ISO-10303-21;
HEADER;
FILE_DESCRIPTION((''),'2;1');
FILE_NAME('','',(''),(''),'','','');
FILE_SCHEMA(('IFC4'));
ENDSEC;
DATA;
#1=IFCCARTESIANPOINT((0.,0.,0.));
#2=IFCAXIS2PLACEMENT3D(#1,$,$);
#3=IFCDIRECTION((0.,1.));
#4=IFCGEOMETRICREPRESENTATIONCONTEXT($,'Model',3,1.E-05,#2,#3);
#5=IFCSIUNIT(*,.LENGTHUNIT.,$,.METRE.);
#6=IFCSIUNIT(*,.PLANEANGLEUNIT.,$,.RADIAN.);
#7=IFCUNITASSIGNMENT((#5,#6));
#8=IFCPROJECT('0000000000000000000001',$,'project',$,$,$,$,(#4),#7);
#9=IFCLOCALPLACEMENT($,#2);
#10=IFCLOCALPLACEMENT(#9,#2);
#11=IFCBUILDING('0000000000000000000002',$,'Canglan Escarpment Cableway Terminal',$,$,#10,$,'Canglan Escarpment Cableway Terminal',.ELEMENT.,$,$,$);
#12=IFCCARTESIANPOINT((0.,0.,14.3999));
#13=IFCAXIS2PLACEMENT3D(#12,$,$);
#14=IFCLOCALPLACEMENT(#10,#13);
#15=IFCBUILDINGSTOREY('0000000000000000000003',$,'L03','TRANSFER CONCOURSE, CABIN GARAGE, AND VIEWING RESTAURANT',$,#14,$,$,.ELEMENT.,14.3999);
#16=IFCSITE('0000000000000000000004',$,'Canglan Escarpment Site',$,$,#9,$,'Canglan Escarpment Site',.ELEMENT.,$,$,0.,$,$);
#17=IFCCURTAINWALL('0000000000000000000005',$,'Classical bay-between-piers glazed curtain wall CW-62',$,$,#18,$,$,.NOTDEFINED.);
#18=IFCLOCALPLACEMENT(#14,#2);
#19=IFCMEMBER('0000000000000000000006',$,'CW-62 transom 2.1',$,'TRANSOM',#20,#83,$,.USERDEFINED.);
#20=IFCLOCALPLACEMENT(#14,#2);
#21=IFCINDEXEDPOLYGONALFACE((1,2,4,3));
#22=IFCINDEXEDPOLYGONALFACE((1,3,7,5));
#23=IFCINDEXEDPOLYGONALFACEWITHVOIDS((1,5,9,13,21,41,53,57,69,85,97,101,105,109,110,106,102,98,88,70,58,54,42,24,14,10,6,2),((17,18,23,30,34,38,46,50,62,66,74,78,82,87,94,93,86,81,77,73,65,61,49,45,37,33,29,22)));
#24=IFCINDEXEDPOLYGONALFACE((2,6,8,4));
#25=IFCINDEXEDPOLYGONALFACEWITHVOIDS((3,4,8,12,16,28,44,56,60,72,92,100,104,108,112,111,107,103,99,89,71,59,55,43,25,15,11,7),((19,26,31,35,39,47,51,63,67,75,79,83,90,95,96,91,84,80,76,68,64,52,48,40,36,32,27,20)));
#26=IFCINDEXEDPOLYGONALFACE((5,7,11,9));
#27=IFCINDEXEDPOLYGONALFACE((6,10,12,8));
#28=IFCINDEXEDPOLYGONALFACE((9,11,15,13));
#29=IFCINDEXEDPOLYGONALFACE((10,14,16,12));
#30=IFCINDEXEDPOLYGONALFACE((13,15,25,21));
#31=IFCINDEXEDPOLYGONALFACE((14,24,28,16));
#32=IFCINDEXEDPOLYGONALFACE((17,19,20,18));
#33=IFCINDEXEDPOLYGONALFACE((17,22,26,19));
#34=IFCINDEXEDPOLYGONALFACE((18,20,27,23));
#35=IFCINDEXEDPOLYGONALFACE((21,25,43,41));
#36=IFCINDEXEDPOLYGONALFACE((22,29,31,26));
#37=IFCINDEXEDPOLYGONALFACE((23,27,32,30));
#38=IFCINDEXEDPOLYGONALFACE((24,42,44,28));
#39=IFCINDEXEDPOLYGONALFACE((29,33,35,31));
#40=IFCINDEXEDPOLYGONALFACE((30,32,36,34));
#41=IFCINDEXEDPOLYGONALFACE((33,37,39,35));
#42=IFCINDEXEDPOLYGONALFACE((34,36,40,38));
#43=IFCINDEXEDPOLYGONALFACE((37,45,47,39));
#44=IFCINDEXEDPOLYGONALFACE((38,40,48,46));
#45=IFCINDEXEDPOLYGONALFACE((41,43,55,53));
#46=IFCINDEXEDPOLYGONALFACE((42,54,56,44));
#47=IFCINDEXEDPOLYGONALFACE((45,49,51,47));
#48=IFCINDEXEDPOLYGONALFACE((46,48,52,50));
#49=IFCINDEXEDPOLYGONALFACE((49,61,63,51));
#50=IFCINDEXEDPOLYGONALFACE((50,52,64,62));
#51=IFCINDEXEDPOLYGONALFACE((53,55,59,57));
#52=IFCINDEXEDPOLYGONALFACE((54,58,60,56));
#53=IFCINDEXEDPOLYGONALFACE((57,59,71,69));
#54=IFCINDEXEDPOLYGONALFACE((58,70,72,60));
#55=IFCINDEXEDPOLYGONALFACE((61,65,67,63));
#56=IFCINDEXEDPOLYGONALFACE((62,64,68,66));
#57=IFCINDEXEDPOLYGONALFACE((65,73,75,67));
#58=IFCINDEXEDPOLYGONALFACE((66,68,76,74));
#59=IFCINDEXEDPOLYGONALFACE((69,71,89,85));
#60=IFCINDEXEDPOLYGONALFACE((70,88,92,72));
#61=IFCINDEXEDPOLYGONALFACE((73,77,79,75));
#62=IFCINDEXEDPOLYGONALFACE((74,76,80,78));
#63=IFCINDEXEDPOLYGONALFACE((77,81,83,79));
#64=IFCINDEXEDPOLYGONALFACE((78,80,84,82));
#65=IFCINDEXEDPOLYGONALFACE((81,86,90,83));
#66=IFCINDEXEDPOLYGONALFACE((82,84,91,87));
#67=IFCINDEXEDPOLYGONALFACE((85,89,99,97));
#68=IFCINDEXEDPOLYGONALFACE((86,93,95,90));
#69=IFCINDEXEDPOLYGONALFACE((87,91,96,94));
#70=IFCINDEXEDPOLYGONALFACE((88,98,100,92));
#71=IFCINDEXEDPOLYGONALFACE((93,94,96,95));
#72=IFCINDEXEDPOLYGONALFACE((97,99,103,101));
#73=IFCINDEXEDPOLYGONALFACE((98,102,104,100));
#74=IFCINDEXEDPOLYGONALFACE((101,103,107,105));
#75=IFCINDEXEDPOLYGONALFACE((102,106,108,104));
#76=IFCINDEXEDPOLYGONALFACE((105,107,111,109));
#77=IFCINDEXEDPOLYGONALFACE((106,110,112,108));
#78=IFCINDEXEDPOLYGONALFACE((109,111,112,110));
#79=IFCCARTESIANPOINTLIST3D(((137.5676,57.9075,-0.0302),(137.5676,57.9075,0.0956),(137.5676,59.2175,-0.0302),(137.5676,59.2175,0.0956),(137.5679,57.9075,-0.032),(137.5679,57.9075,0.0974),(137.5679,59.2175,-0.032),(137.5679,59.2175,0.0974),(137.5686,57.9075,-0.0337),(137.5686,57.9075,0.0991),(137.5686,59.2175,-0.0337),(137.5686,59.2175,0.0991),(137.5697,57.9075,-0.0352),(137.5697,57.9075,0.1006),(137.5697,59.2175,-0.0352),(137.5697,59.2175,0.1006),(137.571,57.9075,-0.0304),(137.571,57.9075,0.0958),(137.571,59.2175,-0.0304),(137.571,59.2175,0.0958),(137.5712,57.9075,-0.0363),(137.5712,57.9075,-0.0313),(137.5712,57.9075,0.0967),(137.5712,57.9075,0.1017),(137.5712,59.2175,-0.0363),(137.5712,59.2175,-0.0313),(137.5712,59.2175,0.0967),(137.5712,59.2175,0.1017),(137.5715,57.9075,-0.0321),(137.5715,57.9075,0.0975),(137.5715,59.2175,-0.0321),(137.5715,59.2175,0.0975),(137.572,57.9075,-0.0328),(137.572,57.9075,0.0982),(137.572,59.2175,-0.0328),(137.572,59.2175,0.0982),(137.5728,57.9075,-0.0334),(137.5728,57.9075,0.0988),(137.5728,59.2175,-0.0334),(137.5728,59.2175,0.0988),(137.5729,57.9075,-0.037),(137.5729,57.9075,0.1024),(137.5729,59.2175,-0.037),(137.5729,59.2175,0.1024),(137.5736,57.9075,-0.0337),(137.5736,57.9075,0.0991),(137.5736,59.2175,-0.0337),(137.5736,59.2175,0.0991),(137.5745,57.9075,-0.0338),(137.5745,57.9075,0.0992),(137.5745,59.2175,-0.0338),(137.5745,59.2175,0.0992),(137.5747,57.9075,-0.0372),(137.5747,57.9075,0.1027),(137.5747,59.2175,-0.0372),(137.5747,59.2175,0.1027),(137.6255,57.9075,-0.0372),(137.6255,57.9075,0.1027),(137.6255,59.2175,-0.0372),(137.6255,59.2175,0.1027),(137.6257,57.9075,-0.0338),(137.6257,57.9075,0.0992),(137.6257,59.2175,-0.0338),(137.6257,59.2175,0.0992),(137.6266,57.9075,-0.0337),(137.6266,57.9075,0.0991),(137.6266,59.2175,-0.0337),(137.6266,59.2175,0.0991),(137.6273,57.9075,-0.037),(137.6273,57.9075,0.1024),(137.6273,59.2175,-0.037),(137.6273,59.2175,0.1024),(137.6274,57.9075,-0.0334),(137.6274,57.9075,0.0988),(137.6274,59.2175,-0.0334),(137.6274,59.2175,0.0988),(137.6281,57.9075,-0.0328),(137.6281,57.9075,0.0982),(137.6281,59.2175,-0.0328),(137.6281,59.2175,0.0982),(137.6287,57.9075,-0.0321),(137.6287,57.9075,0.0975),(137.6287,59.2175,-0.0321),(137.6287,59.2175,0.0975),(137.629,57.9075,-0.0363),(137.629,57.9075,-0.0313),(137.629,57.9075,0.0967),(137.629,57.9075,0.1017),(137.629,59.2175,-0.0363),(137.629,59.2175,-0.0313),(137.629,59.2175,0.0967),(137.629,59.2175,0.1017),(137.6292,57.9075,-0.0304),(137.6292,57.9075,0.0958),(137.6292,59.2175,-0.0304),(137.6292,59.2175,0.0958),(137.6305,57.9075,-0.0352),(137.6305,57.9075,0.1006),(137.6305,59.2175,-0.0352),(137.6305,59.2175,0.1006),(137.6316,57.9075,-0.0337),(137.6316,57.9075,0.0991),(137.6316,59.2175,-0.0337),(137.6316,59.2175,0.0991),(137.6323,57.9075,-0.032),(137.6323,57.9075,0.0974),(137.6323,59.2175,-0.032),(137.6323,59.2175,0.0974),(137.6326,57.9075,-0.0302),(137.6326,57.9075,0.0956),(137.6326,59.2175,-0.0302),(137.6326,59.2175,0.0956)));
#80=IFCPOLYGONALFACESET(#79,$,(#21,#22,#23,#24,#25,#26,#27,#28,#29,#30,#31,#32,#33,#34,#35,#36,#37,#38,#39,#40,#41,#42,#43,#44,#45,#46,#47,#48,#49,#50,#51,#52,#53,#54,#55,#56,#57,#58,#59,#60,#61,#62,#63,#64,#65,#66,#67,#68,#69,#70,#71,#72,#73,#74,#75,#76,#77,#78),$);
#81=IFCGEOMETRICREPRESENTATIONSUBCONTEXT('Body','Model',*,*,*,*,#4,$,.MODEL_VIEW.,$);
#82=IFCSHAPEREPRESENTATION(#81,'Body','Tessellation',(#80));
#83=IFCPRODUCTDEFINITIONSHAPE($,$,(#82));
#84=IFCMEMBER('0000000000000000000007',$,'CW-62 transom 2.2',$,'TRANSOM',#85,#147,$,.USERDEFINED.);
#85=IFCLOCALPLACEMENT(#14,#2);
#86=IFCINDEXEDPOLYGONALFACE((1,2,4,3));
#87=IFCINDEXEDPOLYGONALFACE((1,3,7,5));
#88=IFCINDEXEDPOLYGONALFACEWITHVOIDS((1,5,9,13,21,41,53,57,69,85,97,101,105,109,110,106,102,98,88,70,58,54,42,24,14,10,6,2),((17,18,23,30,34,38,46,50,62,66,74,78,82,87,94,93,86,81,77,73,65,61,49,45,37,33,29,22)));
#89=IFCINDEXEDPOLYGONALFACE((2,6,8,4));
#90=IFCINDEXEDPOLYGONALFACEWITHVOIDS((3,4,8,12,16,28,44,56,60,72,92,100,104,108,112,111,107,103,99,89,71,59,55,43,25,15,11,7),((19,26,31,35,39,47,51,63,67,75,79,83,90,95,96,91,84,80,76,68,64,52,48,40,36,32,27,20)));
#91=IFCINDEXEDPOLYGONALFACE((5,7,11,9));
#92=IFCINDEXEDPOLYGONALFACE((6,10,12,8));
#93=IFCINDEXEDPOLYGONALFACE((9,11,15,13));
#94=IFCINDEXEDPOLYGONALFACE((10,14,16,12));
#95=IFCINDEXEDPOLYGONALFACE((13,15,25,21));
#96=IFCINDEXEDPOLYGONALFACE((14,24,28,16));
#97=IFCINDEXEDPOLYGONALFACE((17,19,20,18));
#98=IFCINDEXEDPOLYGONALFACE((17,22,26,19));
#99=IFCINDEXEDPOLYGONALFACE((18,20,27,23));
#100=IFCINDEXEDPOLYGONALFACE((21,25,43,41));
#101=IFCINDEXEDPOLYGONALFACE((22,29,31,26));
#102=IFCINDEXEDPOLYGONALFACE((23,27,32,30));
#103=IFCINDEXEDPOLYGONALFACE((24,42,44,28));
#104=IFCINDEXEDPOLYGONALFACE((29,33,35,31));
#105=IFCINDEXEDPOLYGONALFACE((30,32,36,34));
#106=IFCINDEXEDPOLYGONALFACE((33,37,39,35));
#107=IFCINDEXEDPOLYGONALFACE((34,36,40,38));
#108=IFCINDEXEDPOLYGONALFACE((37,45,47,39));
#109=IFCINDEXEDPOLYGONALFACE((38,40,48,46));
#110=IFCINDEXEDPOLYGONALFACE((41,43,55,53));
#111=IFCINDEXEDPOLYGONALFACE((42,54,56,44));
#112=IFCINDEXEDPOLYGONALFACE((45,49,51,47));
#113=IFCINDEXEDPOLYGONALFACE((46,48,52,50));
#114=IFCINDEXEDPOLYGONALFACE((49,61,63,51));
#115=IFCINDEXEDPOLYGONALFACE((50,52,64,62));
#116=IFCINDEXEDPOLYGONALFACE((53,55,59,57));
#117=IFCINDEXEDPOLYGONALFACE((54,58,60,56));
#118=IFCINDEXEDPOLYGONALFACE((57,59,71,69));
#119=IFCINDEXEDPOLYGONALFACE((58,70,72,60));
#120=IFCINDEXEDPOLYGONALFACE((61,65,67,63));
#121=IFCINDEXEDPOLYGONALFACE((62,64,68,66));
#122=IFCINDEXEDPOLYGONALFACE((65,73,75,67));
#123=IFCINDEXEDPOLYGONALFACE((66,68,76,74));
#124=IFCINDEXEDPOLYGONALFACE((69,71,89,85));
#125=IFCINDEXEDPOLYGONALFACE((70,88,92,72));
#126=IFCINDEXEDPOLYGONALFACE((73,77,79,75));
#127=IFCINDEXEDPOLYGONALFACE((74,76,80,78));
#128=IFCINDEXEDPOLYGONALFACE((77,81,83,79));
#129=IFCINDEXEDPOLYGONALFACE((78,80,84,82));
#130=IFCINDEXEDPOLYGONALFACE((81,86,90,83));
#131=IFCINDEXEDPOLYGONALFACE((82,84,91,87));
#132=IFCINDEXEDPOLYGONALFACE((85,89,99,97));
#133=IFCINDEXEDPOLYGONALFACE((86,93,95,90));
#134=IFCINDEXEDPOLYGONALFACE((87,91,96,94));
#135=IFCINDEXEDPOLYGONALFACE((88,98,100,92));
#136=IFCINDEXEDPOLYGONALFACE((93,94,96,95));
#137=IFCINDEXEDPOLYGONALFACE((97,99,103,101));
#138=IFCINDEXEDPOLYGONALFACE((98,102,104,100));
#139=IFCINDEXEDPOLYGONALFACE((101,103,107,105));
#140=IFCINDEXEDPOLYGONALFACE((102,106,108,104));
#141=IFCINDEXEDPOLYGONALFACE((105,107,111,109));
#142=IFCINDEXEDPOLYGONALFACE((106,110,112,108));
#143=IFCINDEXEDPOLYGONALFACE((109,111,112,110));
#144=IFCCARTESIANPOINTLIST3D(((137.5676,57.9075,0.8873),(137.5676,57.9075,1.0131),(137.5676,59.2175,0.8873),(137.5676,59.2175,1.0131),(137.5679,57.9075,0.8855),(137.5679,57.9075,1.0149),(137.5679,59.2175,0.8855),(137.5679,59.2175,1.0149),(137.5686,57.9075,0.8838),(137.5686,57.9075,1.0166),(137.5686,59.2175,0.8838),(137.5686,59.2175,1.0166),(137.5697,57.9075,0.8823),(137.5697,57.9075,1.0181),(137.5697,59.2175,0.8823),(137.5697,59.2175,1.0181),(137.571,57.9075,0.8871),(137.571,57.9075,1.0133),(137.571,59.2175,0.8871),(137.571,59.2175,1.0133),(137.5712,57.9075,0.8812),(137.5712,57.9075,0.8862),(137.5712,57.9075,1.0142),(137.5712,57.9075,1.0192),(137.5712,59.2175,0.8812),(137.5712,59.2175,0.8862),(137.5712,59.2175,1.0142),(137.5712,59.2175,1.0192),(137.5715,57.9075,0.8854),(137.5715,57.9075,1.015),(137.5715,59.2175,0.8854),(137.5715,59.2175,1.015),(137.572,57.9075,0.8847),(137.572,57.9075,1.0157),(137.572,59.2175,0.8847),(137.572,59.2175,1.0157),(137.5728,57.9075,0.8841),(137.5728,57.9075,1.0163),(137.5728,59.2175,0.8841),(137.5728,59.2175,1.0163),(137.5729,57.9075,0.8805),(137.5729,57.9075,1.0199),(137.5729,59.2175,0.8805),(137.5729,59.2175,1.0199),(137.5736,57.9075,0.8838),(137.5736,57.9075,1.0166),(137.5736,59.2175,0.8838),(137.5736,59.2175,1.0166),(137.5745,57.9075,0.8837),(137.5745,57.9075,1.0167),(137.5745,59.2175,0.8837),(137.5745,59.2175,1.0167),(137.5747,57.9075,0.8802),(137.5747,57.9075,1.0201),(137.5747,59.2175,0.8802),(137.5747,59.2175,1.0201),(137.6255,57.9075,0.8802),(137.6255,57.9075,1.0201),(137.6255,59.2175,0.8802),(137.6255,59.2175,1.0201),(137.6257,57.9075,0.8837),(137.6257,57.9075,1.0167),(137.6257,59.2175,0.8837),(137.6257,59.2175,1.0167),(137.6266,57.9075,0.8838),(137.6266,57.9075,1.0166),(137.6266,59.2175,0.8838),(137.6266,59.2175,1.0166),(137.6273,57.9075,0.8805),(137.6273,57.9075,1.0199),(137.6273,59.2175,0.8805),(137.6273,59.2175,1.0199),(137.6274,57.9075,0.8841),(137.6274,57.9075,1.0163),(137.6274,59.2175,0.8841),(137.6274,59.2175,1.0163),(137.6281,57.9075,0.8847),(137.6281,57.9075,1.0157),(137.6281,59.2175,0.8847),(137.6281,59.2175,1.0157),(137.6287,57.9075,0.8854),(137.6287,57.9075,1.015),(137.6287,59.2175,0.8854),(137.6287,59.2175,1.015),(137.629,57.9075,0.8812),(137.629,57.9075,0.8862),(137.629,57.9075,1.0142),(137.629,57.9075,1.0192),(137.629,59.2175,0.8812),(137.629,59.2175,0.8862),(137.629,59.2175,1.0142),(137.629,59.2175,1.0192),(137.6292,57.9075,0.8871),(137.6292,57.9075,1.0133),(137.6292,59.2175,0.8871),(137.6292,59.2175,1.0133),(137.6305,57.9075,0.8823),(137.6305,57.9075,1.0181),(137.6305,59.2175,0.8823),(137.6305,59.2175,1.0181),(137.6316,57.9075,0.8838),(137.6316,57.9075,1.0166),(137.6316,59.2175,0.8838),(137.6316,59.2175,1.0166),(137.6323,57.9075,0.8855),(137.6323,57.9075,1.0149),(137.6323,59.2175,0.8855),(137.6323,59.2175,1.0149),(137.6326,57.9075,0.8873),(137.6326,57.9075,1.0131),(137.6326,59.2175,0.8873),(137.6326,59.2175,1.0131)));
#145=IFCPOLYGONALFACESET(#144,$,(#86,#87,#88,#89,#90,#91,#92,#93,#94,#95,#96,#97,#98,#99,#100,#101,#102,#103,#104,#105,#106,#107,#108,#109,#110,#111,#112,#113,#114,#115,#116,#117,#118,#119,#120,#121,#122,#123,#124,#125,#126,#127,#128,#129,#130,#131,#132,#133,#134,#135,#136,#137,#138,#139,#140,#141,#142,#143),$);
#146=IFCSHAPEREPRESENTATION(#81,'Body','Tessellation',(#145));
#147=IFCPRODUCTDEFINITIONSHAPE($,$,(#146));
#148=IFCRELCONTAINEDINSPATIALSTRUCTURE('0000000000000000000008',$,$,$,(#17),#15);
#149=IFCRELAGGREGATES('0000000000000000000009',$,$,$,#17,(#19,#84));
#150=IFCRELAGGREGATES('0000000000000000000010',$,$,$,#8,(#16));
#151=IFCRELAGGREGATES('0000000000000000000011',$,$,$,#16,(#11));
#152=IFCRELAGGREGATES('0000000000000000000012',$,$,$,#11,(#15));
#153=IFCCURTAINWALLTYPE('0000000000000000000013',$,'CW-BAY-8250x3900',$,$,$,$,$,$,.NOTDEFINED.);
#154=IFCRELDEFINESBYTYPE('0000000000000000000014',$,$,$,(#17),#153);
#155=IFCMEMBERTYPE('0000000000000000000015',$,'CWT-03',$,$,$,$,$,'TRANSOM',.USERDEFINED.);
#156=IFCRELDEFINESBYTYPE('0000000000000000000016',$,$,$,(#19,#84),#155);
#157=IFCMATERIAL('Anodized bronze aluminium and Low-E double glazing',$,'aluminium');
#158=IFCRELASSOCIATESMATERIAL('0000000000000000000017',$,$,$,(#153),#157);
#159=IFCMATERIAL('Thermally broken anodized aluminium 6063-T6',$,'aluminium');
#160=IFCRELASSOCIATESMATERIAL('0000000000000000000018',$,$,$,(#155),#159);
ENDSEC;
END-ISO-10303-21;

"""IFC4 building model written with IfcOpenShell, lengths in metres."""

from ifc_helpers import new_model, si_unit, direction, frame, origin, origin_2d, place, context, subcontext, project, spatial, hollow_rectangle, extrude, material, material_profile, profile_set, type_object, element, aggregate, save


model = new_model("IFC4")

# Units and contexts
model_context = context("Model", 3, precision=1e-05, world=origin(), true_north=direction((0.0, 1.0)))
body_context = subcontext(model_context, "Body", "Model", "MODEL_VIEW")
ifc_project = project(units=[si_unit("LENGTHUNIT", "METRE"), si_unit("PLANEANGLEUNIT", "RADIAN")], contexts=[model_context])

# Site, building, storey
site_placement = place(None, origin())
site = spatial("IfcSite", under=ifc_project, at=site_placement, Name="Canglan Escarpment Site", LongName="Canglan Escarpment Site", CompositionType="ELEMENT", RefElevation=0.0)
building_placement = place(site_placement, origin())
building = spatial("IfcBuilding", under=site, at=building_placement, Name="Canglan Escarpment Cableway Terminal", LongName="Canglan Escarpment Cableway Terminal", CompositionType="ELEMENT")
storey_placement = place(building_placement, frame((0.0, 0.0, 14.3999)))
storey = spatial("IfcBuildingStorey", under=building, at=storey_placement, Name="L03", Description="TRANSFER CONCOURSE, CABIN GARAGE, AND VIEWING RESTAURANT", CompositionType="ELEMENT", Elevation=14.3999)

# Curtain wall, members
ifc_material_1 = material(Name="Anodized bronze aluminium and Low-E double glazing", Category="aluminium")
curtain_wall_type = type_object("IfcCurtainWallType", Name="CW-BAY-8250x3900", PredefinedType="NOTDEFINED", material=ifc_material_1)
curtain_wall_placement = place(storey_placement, origin())
curtain_wall = element("IfcCurtainWall", 1, at=curtain_wall_placement, inside=storey, type_object=curtain_wall_type, Name="Classical bay-between-piers glazed curtain wall CW-62", PredefinedType="NOTDEFINED")
ifc_material_2 = material(Name="Thermally broken anodized aluminium 6063-T6", Category="aluminium")
ifc_material_profile_1 = material_profile(ifc_material_2, hollow_rectangle(XDim=0.0649, YDim=0.1399, WallThickness=0.0034, InnerFilletRadius=0.0034, OuterFilletRadius=0.0071, at=origin_2d()), Name="ALU-TRAN 65x140x3.5")
ifc_profile_set_1 = profile_set([ifc_material_profile_1], Name="Thermally broken anodized aluminium 6063-T6")
member_type_1 = type_object("IfcMemberType", Name="CWT-03", ElementType="TRANSOM", PredefinedType="USERDEFINED", material=ifc_profile_set_1)
member_1_placement = place(storey_placement, frame((137.6001, 59.2175, 0.0327), z_axis=(0.0, -1.0, 0.0), x_axis=(1.0, 0.0, 0.0)))
member_1 = element("IfcMember", 2, at=member_1_placement, type_object=member_type_1, Name="CW-62 transom 2.1", ObjectType="TRANSOM", PredefinedType="USERDEFINED", context=body_context, shape_type="SweptSolid", body=[
    extrude(hollow_rectangle(XDim=0.0649, YDim=0.1399, WallThickness=0.0034, InnerFilletRadius=0.0034, OuterFilletRadius=0.0071, at=origin_2d()), origin(), (0.0, 0.0, 1.0), 1.3101),
])
member_2_placement = place(storey_placement, frame((137.6001, 59.2175, 0.9502), z_axis=(0.0, -1.0, 0.0), x_axis=(1.0, 0.0, 0.0)))
member_2 = element("IfcMember", 3, at=member_2_placement, type_object=member_type_1, Name="CW-62 transom 2.2", ObjectType="TRANSOM", PredefinedType="USERDEFINED", context=body_context, shape_type="SweptSolid", body=[
    extrude(hollow_rectangle(XDim=0.0649, YDim=0.1399, WallThickness=0.0034, InnerFilletRadius=0.0034, OuterFilletRadius=0.0071, at=origin_2d()), origin(), (0.0, 0.0, 1.0), 1.3101),
])
aggregate(curtain_wall, [member_1, member_2])

save(model, "model.ifc")
